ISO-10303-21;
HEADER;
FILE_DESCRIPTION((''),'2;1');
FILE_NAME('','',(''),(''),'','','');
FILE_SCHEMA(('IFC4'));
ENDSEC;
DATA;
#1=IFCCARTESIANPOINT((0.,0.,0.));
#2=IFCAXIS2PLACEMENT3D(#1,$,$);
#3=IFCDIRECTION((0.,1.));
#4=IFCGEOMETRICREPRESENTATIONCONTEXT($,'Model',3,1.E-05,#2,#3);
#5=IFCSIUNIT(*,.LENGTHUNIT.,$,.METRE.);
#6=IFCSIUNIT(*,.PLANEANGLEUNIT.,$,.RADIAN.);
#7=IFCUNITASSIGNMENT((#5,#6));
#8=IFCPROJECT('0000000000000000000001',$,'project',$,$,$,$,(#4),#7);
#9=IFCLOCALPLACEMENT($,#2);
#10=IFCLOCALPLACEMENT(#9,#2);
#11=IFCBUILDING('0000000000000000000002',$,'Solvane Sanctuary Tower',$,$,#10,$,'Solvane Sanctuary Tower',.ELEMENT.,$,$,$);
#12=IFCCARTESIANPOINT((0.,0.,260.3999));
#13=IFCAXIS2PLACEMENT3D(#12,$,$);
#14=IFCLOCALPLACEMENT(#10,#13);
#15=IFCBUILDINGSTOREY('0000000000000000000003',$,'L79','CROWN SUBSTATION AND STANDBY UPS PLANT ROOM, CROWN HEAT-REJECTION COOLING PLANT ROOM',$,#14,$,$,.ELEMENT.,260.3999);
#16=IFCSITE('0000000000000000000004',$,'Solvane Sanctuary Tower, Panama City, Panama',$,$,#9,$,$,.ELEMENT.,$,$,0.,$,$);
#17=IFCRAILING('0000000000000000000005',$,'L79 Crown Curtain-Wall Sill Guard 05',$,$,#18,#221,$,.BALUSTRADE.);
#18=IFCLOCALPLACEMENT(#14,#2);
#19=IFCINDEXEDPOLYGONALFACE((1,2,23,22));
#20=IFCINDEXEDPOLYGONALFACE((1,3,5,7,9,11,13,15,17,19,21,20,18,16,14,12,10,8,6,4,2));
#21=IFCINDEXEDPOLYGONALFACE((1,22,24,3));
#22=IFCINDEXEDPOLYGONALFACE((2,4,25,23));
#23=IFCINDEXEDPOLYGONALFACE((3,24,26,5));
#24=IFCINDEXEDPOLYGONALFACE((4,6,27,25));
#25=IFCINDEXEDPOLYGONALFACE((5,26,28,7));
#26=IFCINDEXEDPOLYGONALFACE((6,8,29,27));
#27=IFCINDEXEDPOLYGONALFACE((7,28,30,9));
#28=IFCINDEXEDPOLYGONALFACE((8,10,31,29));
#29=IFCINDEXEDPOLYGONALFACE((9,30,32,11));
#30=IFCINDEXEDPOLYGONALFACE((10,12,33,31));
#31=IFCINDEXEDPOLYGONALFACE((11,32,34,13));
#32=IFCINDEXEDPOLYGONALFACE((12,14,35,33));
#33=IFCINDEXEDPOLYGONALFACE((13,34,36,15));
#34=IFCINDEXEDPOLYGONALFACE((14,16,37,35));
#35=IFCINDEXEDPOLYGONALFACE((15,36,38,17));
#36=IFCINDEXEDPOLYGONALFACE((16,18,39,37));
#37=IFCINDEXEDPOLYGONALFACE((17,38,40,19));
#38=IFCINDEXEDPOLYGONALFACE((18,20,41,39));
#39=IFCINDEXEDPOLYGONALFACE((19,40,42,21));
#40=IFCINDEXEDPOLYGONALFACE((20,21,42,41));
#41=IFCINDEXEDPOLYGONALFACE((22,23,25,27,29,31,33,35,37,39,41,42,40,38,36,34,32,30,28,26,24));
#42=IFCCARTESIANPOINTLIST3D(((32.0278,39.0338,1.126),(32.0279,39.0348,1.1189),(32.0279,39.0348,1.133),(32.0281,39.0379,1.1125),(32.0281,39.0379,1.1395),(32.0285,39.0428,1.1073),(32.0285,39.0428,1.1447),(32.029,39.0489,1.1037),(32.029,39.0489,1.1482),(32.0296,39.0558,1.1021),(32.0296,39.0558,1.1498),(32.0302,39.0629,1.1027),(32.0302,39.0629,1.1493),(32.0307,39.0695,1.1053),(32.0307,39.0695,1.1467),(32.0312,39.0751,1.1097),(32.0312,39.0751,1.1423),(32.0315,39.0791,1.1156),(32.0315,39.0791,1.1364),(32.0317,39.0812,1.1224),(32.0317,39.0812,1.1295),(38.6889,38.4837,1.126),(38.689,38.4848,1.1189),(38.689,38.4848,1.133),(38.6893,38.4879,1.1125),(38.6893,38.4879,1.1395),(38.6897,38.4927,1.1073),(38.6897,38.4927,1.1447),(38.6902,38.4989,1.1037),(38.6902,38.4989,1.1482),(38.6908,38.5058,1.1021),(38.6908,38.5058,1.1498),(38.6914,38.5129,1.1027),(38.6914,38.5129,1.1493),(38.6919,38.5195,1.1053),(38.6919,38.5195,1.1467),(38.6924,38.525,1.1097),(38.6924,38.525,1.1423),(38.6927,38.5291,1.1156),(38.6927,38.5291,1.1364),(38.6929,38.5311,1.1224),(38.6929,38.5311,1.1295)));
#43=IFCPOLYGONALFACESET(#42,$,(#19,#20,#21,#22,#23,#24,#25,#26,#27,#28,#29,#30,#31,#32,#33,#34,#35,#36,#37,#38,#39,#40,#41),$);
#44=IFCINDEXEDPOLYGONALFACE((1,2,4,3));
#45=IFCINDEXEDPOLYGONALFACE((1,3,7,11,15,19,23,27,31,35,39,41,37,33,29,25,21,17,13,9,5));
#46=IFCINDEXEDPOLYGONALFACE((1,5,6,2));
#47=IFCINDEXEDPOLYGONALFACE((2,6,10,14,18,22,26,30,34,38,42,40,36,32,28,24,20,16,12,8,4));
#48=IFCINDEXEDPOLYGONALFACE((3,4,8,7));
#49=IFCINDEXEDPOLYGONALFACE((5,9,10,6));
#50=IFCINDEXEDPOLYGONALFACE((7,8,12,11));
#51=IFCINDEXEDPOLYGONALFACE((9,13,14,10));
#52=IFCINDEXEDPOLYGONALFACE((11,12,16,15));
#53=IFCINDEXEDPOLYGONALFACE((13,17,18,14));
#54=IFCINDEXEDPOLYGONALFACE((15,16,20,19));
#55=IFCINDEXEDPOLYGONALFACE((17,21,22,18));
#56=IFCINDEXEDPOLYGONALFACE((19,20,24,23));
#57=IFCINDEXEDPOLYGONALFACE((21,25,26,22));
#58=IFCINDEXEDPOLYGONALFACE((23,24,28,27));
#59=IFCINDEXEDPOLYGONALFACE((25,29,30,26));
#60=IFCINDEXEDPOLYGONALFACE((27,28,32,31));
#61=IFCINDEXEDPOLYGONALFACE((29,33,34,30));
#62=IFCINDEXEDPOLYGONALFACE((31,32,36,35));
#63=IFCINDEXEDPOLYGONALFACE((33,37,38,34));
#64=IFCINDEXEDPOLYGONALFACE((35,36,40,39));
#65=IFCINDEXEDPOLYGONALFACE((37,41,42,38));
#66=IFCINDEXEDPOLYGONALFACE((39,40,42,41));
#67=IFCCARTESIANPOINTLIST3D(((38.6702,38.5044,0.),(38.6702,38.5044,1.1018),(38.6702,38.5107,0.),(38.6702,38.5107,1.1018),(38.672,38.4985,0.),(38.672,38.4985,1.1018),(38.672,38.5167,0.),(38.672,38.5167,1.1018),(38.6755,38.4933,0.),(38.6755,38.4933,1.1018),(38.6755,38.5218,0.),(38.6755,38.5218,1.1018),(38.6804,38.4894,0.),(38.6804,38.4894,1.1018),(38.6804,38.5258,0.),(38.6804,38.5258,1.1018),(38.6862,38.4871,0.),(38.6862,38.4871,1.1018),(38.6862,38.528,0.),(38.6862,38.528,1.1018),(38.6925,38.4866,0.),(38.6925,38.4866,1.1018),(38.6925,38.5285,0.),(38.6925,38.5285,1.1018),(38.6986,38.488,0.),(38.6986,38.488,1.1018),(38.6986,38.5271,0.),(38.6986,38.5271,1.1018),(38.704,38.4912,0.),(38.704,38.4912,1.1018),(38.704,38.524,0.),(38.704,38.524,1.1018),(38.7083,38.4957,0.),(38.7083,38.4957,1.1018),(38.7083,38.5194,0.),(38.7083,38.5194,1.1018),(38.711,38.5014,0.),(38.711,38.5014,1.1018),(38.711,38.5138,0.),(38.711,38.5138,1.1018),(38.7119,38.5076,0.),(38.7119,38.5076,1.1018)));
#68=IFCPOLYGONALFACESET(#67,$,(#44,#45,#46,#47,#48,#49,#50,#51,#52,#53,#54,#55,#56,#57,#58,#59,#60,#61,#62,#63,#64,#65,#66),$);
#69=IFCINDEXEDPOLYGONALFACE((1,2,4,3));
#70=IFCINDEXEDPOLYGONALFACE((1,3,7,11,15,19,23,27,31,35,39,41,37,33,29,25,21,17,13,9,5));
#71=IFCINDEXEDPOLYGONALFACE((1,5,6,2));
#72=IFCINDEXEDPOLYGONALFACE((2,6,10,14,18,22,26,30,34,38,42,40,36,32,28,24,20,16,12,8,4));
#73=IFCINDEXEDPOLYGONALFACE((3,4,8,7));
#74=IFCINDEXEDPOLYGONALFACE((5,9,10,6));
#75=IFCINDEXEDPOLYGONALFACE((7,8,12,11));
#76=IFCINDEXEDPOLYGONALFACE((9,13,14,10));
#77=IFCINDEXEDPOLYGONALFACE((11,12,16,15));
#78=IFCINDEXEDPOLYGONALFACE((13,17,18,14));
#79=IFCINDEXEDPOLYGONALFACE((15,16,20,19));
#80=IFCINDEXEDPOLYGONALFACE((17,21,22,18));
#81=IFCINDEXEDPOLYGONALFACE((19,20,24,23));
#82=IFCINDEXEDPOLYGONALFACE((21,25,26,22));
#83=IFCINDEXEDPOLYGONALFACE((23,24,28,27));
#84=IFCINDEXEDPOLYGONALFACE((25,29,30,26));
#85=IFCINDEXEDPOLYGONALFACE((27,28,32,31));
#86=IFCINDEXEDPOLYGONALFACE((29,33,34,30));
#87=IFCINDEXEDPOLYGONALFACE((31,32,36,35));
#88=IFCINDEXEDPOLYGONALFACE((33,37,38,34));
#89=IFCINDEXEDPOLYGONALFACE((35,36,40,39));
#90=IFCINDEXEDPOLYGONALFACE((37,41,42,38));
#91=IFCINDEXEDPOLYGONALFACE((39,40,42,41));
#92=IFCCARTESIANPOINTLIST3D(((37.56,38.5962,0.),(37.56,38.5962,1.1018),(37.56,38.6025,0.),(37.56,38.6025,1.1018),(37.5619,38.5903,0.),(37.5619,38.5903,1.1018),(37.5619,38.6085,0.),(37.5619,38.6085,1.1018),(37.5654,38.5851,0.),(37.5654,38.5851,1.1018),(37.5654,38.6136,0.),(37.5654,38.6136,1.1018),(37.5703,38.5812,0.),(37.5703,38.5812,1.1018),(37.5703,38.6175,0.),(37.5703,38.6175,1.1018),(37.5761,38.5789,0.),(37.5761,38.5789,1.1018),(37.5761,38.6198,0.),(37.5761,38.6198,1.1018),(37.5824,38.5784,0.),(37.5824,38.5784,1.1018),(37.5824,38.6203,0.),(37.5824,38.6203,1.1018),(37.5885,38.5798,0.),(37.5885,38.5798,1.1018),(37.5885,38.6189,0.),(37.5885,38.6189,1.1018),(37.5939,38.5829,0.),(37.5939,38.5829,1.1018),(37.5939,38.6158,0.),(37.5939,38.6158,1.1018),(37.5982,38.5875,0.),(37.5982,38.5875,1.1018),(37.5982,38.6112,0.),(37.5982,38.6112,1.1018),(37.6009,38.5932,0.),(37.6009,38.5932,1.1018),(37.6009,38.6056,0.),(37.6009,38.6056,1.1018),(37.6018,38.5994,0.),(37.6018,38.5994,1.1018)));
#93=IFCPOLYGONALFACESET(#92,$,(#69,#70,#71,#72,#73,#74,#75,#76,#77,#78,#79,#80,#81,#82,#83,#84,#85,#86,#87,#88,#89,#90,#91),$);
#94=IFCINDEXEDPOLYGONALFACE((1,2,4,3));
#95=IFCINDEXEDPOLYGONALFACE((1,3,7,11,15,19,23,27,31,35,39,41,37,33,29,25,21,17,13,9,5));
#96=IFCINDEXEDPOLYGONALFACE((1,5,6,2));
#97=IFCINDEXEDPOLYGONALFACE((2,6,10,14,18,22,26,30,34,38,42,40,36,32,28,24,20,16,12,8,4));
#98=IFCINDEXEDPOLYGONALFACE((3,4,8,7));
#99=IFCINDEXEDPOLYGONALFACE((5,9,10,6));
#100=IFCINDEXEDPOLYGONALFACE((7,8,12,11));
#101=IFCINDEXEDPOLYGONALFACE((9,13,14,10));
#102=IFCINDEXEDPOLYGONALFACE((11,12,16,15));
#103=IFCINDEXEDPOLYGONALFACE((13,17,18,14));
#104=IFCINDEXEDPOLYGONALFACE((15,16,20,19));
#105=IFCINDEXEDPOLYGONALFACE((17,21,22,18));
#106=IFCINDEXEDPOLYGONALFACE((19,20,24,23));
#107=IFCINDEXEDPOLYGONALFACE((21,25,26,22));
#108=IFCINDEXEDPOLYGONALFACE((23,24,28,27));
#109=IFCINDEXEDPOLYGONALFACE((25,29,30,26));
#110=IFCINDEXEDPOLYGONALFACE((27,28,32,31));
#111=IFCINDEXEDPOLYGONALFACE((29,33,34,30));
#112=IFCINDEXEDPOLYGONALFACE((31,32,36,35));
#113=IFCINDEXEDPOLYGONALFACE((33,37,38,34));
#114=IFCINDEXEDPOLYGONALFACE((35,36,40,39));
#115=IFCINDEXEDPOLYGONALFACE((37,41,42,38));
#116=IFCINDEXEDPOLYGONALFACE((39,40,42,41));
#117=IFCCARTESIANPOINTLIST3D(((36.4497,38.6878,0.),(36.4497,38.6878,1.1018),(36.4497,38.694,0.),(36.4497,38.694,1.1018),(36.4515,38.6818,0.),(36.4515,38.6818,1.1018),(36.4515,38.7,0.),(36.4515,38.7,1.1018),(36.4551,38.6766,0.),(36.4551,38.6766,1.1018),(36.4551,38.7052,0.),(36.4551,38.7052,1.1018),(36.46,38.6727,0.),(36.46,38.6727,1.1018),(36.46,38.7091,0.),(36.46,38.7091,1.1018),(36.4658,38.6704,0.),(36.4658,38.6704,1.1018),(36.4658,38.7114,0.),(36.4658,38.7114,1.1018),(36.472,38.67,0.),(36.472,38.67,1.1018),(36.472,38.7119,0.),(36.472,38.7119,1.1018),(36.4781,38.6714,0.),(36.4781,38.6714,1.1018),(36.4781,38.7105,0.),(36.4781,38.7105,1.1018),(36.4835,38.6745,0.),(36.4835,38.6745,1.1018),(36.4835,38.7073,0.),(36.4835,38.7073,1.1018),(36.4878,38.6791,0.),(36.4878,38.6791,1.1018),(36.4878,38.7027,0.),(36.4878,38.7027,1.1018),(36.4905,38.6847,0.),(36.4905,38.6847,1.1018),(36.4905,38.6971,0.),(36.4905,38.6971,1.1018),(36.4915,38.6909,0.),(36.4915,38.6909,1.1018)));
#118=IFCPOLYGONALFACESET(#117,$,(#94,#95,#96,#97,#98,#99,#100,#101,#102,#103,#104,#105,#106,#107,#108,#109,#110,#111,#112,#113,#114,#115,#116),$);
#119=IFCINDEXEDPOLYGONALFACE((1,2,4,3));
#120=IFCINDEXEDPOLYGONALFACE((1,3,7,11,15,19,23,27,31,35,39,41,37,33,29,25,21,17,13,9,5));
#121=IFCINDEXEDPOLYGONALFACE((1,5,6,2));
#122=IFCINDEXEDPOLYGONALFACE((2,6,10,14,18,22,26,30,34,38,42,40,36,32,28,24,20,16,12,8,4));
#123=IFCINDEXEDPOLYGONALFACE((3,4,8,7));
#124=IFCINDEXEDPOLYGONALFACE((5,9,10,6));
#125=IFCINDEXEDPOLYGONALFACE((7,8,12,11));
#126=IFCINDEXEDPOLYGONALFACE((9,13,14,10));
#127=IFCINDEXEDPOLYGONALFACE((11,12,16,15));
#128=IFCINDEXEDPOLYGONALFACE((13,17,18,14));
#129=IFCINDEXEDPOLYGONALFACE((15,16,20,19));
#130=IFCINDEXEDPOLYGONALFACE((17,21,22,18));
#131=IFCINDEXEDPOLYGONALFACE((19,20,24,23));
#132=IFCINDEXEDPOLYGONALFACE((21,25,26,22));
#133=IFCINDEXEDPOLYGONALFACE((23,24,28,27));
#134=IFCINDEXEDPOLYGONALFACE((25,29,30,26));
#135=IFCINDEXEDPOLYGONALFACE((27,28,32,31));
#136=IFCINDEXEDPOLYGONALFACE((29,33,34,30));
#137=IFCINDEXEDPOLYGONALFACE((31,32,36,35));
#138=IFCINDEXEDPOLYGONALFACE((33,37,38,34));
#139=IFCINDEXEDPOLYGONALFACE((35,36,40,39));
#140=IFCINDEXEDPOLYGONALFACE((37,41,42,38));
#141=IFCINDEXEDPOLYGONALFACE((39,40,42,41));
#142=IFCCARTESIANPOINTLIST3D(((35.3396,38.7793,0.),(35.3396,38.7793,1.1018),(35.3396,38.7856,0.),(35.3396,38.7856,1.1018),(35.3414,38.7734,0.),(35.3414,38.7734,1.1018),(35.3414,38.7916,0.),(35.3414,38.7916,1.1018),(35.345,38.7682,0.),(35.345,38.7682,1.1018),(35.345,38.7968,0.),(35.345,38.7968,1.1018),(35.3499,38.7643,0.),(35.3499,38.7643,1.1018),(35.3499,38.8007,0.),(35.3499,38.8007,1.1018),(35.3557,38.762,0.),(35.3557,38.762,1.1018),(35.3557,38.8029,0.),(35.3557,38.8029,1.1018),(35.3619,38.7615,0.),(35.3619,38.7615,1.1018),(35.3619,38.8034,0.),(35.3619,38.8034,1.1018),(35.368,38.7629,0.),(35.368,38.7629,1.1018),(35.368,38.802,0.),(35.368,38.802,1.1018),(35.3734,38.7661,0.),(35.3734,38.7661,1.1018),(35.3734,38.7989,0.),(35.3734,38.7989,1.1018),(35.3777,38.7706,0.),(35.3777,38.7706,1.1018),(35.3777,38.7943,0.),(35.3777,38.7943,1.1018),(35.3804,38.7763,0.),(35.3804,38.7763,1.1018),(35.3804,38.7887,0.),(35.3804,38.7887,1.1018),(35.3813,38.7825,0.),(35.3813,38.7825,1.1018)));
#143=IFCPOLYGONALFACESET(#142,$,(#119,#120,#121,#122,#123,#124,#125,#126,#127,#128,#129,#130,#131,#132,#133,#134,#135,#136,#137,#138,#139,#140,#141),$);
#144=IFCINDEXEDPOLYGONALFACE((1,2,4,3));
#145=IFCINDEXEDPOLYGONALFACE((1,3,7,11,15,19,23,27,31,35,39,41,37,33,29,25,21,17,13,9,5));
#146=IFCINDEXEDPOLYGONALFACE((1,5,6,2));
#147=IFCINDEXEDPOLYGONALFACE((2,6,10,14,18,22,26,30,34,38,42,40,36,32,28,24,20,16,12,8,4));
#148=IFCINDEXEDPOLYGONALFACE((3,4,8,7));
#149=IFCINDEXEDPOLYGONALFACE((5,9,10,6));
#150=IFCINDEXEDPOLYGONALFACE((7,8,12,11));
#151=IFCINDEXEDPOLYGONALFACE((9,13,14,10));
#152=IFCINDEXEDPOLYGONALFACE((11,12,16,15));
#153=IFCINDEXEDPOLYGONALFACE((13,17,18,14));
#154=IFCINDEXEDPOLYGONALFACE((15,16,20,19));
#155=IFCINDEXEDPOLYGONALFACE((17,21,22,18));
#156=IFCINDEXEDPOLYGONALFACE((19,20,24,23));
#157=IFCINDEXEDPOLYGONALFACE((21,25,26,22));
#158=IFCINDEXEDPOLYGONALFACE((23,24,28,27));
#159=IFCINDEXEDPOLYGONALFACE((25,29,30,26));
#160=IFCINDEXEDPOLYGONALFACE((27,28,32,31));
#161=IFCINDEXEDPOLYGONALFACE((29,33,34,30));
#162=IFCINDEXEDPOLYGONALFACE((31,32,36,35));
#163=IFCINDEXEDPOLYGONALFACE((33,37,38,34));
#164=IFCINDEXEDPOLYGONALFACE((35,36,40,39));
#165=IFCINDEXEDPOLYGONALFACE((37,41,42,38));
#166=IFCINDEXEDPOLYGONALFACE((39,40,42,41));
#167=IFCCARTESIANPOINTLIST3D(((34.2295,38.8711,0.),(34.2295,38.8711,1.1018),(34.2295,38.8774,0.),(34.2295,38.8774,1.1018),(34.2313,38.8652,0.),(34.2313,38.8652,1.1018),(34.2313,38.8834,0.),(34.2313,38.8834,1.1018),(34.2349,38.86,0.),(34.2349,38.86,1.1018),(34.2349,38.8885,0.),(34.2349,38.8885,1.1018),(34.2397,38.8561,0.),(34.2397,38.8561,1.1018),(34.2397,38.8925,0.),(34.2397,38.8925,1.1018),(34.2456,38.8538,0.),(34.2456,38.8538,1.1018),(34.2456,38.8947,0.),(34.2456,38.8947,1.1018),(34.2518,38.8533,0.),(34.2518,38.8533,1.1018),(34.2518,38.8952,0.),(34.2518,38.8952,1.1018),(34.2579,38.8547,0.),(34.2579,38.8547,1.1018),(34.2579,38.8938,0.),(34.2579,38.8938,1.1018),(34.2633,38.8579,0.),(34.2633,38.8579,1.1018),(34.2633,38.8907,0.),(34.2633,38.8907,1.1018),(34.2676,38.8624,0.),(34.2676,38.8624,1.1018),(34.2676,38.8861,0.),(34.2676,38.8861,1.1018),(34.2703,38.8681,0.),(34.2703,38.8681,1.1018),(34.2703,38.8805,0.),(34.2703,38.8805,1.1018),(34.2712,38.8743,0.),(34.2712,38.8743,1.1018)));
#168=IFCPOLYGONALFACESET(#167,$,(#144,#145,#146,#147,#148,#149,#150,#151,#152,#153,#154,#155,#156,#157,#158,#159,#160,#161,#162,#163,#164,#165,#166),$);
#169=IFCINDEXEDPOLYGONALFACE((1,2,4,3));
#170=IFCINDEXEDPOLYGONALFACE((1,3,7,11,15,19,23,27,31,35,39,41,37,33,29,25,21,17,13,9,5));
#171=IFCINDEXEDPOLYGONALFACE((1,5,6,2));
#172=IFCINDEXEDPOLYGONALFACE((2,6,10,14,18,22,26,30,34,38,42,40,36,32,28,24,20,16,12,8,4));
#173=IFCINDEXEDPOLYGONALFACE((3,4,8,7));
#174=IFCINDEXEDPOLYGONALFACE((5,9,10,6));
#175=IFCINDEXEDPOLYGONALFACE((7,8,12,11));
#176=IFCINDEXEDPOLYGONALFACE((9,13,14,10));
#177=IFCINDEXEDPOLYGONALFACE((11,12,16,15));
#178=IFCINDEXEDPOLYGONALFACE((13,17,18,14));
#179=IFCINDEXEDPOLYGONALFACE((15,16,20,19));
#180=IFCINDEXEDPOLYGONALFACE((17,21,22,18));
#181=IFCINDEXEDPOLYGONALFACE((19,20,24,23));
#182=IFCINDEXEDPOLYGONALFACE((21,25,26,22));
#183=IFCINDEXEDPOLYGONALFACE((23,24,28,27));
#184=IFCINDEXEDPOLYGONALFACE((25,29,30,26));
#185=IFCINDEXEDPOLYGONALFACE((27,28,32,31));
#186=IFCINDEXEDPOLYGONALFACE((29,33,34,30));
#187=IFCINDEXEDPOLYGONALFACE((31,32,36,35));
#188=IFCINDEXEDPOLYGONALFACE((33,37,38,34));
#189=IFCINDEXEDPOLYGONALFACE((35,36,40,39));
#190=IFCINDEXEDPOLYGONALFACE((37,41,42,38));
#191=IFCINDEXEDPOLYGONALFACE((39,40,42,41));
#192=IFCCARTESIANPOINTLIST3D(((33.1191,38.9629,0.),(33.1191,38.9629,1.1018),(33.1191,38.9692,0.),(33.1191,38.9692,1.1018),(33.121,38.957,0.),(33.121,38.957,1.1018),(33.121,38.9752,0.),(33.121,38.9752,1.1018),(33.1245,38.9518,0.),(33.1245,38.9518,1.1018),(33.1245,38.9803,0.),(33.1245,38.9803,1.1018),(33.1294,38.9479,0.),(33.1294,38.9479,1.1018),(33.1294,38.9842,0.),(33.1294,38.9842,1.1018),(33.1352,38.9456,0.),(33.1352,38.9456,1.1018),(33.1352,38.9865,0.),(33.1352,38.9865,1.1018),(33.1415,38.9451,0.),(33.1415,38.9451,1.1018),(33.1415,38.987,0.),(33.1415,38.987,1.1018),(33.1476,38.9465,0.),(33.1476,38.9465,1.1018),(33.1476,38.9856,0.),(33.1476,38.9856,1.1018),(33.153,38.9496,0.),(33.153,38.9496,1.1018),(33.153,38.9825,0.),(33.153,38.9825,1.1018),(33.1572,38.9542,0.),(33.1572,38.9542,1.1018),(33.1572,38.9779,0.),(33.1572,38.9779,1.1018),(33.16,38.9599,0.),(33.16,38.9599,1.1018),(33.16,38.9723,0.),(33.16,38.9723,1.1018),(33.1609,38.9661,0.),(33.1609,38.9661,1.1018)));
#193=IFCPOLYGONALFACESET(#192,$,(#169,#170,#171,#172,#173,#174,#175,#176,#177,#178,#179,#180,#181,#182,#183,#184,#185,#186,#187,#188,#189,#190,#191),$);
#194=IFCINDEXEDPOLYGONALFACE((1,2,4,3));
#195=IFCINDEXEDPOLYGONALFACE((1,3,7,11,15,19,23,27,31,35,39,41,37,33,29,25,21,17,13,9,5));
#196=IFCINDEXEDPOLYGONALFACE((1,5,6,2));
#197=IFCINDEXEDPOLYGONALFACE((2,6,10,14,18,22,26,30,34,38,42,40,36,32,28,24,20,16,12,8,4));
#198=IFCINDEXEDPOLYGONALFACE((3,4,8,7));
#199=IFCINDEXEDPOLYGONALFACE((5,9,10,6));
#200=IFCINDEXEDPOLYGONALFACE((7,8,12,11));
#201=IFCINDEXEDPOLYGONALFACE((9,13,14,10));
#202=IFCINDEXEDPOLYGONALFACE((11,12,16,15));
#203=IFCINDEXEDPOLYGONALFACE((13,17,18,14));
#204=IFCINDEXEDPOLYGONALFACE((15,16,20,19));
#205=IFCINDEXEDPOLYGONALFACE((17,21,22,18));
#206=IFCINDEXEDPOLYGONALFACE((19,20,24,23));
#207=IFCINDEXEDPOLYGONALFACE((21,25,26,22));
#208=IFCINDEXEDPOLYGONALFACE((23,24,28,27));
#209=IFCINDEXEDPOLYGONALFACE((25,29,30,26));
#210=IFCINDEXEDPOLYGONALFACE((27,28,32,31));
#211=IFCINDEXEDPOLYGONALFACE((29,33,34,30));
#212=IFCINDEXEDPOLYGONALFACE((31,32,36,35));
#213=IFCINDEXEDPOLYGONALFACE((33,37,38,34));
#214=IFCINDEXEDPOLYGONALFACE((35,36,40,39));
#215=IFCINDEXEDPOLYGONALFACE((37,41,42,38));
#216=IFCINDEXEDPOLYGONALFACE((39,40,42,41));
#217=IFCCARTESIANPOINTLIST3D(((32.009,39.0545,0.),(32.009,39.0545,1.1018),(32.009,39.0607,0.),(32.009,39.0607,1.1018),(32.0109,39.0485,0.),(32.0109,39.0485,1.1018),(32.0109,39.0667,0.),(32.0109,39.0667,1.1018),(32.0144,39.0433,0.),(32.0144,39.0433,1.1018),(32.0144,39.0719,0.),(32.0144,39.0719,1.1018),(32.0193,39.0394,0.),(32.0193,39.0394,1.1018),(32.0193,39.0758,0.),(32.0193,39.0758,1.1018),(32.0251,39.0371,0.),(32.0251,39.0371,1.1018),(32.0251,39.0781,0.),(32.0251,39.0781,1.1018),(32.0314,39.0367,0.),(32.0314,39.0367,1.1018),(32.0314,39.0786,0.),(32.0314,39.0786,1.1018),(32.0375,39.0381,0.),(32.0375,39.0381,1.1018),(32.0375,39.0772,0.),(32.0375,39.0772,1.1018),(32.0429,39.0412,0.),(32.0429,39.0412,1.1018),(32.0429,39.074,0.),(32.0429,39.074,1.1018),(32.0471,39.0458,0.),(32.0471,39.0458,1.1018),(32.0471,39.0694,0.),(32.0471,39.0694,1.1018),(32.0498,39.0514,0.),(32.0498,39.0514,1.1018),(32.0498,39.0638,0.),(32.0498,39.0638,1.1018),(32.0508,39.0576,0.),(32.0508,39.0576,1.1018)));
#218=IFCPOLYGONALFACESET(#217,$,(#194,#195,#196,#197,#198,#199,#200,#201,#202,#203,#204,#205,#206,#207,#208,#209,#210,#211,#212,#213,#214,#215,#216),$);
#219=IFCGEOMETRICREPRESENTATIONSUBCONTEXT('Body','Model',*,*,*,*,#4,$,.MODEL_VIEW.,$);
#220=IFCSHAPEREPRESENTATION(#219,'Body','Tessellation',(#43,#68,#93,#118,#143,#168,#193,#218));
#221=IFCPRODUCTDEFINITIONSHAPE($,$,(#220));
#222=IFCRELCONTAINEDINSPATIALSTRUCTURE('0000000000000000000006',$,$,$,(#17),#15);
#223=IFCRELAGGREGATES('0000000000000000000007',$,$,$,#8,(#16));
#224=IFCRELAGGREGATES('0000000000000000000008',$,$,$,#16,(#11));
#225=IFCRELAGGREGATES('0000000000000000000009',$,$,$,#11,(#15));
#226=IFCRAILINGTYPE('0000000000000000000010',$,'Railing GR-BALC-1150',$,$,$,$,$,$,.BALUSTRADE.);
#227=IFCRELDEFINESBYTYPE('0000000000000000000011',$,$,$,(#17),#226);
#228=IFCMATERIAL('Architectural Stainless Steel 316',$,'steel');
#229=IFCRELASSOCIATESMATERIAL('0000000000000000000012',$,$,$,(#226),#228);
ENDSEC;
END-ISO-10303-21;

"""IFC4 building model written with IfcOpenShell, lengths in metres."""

from ifc_helpers import new_model, si_unit, direction, frame, origin, origin_2d, place, context, subcontext, project, spatial, circle, extrude, material, type_object, element, save


model = new_model("IFC4")

# Units and contexts
model_context = context("Model", 3, precision=1e-05, world=origin(), true_north=direction((0.0, 1.0)))
body_context = subcontext(model_context, "Body", "Model", "MODEL_VIEW")
ifc_project = project(units=[si_unit("LENGTHUNIT", "METRE"), si_unit("PLANEANGLEUNIT", "RADIAN")], contexts=[model_context])

# Site, building, storey
site_placement = place(None, origin())
site = spatial("IfcSite", under=ifc_project, at=site_placement, Name="Solvane Sanctuary Tower, Panama City, Panama", CompositionType="ELEMENT", RefElevation=0.0)
building_placement = place(site_placement, origin())
building = spatial("IfcBuilding", under=site, at=building_placement, Name="Solvane Sanctuary Tower", LongName="Solvane Sanctuary Tower", CompositionType="ELEMENT")
storey_placement = place(building_placement, frame((0.0, 0.0, 260.3999)))
storey = spatial("IfcBuildingStorey", under=building, at=storey_placement, Name="L79", Description="CROWN SUBSTATION AND STANDBY UPS PLANT ROOM, CROWN HEAT-REJECTION COOLING PLANT ROOM", CompositionType="ELEMENT", Elevation=260.3999)

# Shared definitions
ifc_material_1 = material(Name="Architectural Stainless Steel 316", Category="steel")

# Railing
railing_type = type_object("IfcRailingType", Name="Railing GR-BALC-1150", PredefinedType="BALUSTRADE", material=ifc_material_1)
railing_placement = place(storey_placement, frame((38.6909, 38.5076, 0.0)))
element("IfcRailing", 1, at=railing_placement, inside=storey, type_object=railing_type, Name="L79 Crown Curtain-Wall Sill Guard 05", PredefinedType="BALUSTRADE", context=body_context, shape_type="SweptSolid", body=[
    extrude(circle(Radius=0.0239, at=origin_2d()), frame((0.0, 0.0, 1.126), z_axis=(-0.996608, 0.082296, 0.0), x_axis=(-0.082296, -0.996608, 0.0)), (0.0, 0.0, 1.0), 6.6838),
    extrude(circle(Radius=0.021, at=origin_2d()), origin(), (0.0, 0.0, 1.0), 1.1018),
    extrude(circle(Radius=0.021, at=origin_2d()), frame((-1.1101, 0.0918, 0.0)), (0.0, 0.0, 1.0), 1.1018),
    extrude(circle(Radius=0.021, at=origin_2d()), frame((-2.2205, 0.1833, 0.0)), (0.0, 0.0, 1.0), 1.1018),
    extrude(circle(Radius=0.021, at=origin_2d()), frame((-3.3306, 0.2749, 0.0)), (0.0, 0.0, 1.0), 1.1018),
    extrude(circle(Radius=0.021, at=origin_2d()), frame((-4.4407, 0.3667, 0.0)), (0.0, 0.0, 1.0), 1.1018),
    extrude(circle(Radius=0.021, at=origin_2d()), frame((-5.551, 0.4585, 0.0)), (0.0, 0.0, 1.0), 1.1018),
    extrude(circle(Radius=0.021, at=origin_2d()), frame((-6.6611, 0.55, 0.0)), (0.0, 0.0, 1.0), 1.1018),
])

save(model, "model.ifc")
